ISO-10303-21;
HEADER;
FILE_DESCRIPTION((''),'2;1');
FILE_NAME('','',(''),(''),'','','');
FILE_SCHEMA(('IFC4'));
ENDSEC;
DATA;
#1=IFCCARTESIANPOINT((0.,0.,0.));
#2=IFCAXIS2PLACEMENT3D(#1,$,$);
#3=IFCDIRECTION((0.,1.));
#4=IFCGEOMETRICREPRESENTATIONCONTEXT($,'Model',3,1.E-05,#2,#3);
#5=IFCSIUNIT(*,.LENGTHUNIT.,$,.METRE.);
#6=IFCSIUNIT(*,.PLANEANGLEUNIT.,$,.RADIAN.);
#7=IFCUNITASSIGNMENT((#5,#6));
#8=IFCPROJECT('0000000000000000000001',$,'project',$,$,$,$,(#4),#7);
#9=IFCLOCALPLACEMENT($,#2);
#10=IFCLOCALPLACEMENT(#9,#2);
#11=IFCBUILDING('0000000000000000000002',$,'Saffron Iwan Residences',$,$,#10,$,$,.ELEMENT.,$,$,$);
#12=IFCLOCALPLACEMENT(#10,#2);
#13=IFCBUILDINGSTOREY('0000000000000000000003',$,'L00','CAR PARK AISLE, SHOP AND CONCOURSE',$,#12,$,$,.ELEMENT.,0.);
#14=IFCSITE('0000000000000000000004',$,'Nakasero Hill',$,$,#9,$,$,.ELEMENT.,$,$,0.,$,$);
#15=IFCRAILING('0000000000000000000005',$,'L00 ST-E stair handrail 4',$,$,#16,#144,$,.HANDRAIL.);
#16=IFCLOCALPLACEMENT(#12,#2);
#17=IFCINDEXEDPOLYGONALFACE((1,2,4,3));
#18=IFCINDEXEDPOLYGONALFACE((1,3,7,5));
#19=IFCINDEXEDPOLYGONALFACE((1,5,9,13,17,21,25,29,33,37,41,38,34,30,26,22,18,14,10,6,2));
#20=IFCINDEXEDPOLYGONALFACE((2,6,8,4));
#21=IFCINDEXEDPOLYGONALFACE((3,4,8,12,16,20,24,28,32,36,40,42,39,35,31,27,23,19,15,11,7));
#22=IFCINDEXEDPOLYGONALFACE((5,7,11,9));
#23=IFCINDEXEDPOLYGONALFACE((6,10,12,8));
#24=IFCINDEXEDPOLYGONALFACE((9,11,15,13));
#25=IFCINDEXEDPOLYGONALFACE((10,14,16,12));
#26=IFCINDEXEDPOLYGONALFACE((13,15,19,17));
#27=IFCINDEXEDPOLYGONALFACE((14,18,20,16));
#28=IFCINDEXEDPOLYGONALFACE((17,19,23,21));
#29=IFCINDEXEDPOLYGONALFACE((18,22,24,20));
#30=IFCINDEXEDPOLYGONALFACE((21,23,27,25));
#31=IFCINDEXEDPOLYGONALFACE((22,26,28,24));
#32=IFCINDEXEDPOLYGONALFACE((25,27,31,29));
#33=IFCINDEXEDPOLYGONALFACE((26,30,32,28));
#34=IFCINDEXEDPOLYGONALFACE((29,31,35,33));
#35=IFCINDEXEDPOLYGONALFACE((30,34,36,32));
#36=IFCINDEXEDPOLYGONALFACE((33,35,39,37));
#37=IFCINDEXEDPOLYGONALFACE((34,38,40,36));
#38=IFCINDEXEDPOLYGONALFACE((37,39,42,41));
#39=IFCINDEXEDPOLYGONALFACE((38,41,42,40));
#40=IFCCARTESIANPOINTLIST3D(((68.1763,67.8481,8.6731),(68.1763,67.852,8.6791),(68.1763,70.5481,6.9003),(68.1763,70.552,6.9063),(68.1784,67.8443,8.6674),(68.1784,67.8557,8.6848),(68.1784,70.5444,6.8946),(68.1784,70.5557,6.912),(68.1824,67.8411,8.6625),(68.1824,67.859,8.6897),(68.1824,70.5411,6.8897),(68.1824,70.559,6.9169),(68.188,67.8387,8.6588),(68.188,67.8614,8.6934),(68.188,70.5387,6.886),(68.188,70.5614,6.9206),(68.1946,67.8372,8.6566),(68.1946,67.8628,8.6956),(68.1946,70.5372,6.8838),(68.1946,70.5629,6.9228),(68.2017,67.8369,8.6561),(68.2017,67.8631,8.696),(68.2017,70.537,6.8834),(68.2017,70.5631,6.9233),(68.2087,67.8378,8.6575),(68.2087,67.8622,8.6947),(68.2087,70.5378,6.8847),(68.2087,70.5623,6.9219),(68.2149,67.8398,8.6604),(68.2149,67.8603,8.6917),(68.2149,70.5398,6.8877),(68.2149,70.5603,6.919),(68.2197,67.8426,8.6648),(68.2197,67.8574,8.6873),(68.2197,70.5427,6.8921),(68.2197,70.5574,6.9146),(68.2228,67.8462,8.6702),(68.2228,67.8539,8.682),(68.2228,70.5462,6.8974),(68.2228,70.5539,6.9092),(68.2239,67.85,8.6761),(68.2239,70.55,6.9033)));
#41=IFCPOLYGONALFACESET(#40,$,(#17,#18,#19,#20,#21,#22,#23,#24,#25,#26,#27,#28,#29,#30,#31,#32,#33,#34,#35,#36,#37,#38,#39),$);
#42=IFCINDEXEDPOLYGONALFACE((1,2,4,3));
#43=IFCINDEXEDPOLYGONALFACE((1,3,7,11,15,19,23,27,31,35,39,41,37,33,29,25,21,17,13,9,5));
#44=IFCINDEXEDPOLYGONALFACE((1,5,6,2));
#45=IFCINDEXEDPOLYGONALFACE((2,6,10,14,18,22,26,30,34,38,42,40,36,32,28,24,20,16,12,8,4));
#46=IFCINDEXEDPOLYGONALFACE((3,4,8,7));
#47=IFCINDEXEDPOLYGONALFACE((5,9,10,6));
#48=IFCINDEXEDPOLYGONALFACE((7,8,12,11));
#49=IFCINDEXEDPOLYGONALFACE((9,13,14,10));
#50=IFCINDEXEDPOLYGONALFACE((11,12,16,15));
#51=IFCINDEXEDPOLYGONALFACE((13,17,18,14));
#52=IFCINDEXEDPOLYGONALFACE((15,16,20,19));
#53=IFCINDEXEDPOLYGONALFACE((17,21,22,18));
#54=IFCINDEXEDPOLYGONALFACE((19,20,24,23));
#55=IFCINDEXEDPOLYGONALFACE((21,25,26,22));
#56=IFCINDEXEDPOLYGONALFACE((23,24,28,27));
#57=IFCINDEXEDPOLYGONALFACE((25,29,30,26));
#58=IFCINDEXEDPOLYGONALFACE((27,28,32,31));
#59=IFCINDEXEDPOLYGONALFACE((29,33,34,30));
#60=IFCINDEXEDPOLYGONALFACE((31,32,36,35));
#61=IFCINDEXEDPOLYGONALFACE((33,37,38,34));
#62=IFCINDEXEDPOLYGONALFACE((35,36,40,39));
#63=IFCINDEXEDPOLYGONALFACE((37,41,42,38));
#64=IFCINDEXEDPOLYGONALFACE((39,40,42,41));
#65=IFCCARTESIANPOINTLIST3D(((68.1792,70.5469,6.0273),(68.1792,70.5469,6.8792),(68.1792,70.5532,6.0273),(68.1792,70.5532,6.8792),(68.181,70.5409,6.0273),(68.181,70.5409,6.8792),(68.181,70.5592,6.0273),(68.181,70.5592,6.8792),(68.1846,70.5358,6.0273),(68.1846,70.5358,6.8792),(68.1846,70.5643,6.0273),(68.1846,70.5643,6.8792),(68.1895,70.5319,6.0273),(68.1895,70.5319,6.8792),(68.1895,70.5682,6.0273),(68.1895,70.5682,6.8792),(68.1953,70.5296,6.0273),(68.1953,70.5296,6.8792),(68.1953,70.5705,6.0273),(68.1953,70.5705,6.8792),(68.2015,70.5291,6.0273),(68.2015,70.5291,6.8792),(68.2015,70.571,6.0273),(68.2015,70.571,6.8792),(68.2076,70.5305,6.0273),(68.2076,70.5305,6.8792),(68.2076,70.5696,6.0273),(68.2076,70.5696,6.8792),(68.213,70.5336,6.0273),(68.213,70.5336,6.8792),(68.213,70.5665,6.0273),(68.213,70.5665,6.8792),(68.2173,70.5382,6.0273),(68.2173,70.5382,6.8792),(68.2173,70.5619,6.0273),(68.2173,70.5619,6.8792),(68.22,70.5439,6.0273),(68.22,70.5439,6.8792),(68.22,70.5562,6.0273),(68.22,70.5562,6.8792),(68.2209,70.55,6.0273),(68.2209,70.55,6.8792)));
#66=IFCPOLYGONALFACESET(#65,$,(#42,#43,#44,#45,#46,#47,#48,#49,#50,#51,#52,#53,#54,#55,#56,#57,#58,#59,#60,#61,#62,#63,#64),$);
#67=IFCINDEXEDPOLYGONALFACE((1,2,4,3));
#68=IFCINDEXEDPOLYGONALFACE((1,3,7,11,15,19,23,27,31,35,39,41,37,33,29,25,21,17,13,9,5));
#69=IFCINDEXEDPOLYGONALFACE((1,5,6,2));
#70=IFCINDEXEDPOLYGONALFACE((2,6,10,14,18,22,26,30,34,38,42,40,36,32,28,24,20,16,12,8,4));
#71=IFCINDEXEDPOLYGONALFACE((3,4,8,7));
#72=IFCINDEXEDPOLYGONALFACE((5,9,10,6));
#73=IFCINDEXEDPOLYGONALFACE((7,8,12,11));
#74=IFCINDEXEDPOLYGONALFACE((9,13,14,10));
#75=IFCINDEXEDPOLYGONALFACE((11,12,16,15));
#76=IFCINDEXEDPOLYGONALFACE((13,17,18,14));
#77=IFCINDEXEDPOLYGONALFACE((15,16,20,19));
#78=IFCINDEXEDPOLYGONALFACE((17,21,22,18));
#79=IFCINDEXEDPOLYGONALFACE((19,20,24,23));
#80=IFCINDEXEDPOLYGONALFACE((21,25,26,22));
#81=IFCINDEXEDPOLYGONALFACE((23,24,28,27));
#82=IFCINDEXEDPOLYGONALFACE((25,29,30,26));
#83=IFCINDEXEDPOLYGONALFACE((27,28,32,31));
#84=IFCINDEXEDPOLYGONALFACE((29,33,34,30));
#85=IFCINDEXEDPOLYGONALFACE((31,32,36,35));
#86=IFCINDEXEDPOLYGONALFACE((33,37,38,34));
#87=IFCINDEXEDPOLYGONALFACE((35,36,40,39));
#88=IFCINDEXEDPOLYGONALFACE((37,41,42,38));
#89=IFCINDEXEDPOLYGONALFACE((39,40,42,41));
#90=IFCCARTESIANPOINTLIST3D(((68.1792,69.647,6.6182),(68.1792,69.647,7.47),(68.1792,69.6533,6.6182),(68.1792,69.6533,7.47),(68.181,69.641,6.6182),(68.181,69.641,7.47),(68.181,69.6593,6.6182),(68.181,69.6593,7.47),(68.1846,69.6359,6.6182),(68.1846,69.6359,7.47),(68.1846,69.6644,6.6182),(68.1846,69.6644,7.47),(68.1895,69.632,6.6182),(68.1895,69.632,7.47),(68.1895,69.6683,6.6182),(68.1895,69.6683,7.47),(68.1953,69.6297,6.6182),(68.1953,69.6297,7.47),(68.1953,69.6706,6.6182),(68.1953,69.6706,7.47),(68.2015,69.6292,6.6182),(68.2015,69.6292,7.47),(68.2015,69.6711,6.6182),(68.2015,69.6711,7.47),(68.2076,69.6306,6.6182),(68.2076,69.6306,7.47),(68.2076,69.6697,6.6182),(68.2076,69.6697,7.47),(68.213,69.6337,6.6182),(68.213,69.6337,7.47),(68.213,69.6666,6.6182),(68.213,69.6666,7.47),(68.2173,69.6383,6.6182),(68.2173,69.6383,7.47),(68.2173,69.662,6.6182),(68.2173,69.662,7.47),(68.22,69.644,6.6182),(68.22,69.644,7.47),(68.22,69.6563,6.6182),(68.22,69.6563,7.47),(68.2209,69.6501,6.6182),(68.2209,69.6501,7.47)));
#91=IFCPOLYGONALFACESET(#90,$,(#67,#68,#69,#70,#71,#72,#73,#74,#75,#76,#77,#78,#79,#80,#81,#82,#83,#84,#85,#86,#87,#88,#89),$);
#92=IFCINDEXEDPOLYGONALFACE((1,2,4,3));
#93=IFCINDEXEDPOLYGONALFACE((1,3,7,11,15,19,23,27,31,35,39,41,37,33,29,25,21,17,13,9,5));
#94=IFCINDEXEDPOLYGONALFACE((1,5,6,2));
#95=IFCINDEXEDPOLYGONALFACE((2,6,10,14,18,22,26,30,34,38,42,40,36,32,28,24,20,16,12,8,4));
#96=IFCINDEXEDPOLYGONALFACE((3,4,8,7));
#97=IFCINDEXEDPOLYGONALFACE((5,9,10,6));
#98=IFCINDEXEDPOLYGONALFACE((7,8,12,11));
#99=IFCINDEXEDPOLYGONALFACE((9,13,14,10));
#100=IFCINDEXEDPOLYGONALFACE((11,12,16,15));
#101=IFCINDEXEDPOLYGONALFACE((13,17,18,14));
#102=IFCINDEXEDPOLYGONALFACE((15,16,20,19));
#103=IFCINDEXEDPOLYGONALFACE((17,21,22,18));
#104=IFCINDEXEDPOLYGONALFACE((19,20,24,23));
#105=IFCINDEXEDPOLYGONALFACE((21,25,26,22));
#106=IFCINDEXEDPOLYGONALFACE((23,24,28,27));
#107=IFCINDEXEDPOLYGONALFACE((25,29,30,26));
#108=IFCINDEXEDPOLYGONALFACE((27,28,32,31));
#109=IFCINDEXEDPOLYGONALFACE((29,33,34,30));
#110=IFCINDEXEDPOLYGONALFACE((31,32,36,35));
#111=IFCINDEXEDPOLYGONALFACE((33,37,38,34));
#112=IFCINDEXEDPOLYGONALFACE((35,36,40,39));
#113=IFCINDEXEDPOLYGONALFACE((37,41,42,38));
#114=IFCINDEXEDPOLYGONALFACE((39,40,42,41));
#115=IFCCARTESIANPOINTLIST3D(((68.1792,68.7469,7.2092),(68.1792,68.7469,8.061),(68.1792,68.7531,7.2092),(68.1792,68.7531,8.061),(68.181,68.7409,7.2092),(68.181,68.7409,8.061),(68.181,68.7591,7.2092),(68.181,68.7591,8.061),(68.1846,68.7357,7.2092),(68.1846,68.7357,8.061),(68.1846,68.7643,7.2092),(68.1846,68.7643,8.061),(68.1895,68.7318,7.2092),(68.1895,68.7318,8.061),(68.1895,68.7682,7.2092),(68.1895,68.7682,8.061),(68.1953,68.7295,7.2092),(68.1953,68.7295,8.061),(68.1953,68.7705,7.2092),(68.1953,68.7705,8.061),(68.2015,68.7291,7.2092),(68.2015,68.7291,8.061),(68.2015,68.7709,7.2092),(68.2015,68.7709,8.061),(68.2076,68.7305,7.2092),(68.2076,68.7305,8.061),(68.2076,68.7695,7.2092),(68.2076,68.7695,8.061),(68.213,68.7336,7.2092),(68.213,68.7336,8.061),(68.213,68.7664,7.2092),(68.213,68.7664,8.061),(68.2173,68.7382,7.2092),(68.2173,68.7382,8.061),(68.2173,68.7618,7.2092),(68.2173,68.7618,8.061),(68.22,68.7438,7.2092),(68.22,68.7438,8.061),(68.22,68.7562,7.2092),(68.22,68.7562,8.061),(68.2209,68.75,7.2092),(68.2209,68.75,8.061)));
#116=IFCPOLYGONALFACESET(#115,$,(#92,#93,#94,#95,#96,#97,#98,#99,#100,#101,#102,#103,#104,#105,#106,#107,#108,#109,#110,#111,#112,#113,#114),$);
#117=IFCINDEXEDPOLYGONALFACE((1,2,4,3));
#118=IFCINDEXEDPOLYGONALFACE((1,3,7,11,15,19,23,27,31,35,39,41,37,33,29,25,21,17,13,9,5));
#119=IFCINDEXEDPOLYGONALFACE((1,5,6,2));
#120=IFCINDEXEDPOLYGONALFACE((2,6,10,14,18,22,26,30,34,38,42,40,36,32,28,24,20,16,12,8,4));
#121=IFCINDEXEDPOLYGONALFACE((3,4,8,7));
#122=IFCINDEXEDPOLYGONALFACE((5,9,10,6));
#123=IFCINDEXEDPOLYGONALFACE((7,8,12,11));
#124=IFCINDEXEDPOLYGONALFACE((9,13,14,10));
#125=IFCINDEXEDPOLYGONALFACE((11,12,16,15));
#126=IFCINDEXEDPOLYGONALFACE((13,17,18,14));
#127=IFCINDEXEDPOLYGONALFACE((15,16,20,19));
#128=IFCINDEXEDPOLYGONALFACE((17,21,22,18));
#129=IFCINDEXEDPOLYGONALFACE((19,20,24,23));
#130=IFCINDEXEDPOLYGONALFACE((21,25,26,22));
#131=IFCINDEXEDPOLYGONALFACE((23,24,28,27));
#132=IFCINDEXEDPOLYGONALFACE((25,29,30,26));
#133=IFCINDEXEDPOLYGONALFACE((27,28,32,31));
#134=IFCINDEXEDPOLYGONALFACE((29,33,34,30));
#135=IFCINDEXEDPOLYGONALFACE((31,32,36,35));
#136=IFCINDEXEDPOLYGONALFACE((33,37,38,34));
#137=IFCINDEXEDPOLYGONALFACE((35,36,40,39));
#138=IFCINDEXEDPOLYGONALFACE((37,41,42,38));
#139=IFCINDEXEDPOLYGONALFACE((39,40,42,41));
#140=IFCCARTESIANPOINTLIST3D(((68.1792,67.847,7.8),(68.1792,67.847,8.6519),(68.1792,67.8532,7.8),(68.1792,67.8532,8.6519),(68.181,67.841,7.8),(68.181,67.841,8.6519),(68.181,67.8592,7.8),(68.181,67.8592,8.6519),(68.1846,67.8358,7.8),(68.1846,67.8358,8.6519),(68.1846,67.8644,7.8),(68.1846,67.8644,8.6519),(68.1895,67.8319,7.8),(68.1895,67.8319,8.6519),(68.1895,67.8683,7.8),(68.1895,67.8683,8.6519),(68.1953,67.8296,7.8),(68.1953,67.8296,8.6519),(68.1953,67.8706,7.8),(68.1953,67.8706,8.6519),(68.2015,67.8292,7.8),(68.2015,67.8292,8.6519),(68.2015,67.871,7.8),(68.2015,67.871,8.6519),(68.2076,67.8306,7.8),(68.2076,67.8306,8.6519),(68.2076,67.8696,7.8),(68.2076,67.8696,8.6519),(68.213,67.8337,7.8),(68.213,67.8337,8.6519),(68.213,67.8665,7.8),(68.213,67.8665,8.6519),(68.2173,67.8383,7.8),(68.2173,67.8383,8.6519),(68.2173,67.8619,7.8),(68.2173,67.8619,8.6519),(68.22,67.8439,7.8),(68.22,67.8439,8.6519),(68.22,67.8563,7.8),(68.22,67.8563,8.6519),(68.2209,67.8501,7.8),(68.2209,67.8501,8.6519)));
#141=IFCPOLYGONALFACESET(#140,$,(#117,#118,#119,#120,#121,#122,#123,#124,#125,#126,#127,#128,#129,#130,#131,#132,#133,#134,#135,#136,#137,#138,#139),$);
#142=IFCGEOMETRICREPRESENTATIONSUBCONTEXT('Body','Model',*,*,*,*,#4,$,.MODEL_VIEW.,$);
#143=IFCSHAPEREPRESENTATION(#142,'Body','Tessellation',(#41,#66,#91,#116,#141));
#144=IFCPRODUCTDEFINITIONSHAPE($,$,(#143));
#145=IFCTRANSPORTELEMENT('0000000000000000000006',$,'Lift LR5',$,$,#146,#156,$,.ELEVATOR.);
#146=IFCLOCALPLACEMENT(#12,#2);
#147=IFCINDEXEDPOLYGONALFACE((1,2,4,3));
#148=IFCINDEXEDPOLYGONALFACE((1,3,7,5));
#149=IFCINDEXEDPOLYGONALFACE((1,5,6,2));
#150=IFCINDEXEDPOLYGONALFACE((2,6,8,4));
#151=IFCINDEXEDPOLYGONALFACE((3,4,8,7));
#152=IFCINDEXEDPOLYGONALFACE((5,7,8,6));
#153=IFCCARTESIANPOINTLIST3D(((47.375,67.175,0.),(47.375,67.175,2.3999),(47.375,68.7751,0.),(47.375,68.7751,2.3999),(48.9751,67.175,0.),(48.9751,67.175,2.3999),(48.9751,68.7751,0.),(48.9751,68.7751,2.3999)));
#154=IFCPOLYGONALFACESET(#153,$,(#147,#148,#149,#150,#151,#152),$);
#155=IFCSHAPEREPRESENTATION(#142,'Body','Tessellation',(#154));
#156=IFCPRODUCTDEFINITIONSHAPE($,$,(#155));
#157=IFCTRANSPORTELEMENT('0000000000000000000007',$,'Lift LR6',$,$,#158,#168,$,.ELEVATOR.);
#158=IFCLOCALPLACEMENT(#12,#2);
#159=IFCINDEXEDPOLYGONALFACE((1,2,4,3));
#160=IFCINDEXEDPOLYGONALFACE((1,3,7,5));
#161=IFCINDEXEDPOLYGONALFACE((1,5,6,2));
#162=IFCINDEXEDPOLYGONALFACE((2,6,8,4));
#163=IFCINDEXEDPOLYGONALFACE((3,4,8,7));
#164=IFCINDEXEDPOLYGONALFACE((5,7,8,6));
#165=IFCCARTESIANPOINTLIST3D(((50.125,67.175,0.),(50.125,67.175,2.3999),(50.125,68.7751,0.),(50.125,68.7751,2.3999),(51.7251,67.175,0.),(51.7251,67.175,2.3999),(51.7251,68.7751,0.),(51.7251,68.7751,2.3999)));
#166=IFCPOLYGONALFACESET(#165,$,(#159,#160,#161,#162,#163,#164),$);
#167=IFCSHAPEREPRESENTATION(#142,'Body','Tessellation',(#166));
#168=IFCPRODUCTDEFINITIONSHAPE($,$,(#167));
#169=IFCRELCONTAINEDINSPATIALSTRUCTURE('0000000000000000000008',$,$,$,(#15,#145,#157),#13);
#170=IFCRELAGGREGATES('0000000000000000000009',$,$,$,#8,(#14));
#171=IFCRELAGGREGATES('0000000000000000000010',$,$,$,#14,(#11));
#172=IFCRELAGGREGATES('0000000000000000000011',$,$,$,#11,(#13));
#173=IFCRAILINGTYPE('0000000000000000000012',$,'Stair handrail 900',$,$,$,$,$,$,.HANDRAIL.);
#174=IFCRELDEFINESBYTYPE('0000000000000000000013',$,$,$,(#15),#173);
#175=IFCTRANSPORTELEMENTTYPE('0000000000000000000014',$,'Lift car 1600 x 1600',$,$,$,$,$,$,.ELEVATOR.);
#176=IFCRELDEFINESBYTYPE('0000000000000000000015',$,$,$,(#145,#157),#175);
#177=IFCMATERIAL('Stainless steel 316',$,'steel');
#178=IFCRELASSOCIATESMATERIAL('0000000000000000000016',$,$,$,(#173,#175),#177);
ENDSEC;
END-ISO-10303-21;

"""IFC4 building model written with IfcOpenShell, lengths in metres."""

from ifc_helpers import new_model, si_unit, direction, frame, origin, origin_2d, place, context, subcontext, project, spatial, rectangle, circle, extrude, source, transform, mapped, material, type_object, element, save


model = new_model("IFC4")

# Units and contexts
model_context = context("Model", 3, precision=1e-05, world=origin(), true_north=direction((0.0, 1.0)))
body_context = subcontext(model_context, "Body", "Model", "MODEL_VIEW")
ifc_project = project(units=[si_unit("LENGTHUNIT", "METRE"), si_unit("PLANEANGLEUNIT", "RADIAN")], contexts=[model_context])

# Site, building, storey
site_placement = place(None, origin())
site = spatial("IfcSite", under=ifc_project, at=site_placement, Name="Nakasero Hill", CompositionType="ELEMENT", RefElevation=0.0)
building_placement = place(site_placement, origin())
building = spatial("IfcBuilding", under=site, at=building_placement, Name="Saffron Iwan Residences", CompositionType="ELEMENT")
storey_placement = place(building_placement, origin())
storey = spatial("IfcBuildingStorey", under=building, at=storey_placement, Name="L00", Description="CAR PARK AISLE, SHOP AND CONCOURSE", CompositionType="ELEMENT", Elevation=0.0)

# Railing
ifc_material_1 = material(Name="Stainless steel 316", Category="steel")
railing_type_1 = type_object("IfcRailingType", Name="Stair handrail 900", PredefinedType="HANDRAIL", material=ifc_material_1)
for number, where, name in (
    (1, (68.2, 70.55, 6.0273), "L00 ST-E stair handrail 4"),
):
    element("IfcRailing", number, at=place(storey_placement, frame(where)), inside=storey, type_object=railing_type_1, Name=name, PredefinedType="HANDRAIL", context=body_context, shape_type="SweptSolid", body=[
        extrude(circle(Radius=0.0239, at=origin_2d()), frame((0.0, 0.0, 0.876), z_axis=(0.0, -0.835925, 0.548843), x_axis=(1.0, 0.0, 0.0)), (0.0, 0.0, 1.0), 3.23),
        extrude(circle(Radius=0.021, at=origin_2d()), origin(), (0.0, 0.0, 1.0), 0.8518),
        extrude(circle(Radius=0.021, at=origin_2d()), frame((0.0, -0.8999, 0.5908)), (0.0, 0.0, 1.0), 0.8518),
        extrude(circle(Radius=0.021, at=origin_2d()), frame((0.0, -1.8, 1.1819)), (0.0, 0.0, 1.0), 0.8518),
        extrude(circle(Radius=0.021, at=origin_2d()), frame((0.0, -2.7, 1.7727)), (0.0, 0.0, 1.0), 0.8518),
    ])

# Transport elements
transport_element_type = type_object("IfcTransportElementType", Name="Lift car 1600 x 1600", PredefinedType="ELEVATOR", material=ifc_material_1)
shared_shape_1 = source(origin(), body_context, "Body", "SweptSolid", [
    extrude(rectangle(XDim=1.6001, YDim=1.6001, at=origin_2d()), origin(), (0.0, 0.0, 1.0), 2.3999),
])
for number, where, z_axis, x_axis, name in (
    (2, (48.175, 67.9751, 0.0), (0.0, 0.0, 1.0), (1.0, 0.0, 0.0), "Lift LR5"),
    (3, (50.925, 67.9751, 0.0), (0.0, 0.0, 1.0), (1.0, 0.0, 0.0), "Lift LR6"),
):
    element("IfcTransportElement", number, at=place(storey_placement, frame(where, z_axis=z_axis, x_axis=x_axis)), inside=storey, type_object=transport_element_type, Name=name, PredefinedType="ELEVATOR", context=body_context, shape_type="MappedRepresentation", body=[
        mapped(shared_shape_1, transform((0.0, 0.0, 0.0))),
    ])

save(model, "model.ifc")
